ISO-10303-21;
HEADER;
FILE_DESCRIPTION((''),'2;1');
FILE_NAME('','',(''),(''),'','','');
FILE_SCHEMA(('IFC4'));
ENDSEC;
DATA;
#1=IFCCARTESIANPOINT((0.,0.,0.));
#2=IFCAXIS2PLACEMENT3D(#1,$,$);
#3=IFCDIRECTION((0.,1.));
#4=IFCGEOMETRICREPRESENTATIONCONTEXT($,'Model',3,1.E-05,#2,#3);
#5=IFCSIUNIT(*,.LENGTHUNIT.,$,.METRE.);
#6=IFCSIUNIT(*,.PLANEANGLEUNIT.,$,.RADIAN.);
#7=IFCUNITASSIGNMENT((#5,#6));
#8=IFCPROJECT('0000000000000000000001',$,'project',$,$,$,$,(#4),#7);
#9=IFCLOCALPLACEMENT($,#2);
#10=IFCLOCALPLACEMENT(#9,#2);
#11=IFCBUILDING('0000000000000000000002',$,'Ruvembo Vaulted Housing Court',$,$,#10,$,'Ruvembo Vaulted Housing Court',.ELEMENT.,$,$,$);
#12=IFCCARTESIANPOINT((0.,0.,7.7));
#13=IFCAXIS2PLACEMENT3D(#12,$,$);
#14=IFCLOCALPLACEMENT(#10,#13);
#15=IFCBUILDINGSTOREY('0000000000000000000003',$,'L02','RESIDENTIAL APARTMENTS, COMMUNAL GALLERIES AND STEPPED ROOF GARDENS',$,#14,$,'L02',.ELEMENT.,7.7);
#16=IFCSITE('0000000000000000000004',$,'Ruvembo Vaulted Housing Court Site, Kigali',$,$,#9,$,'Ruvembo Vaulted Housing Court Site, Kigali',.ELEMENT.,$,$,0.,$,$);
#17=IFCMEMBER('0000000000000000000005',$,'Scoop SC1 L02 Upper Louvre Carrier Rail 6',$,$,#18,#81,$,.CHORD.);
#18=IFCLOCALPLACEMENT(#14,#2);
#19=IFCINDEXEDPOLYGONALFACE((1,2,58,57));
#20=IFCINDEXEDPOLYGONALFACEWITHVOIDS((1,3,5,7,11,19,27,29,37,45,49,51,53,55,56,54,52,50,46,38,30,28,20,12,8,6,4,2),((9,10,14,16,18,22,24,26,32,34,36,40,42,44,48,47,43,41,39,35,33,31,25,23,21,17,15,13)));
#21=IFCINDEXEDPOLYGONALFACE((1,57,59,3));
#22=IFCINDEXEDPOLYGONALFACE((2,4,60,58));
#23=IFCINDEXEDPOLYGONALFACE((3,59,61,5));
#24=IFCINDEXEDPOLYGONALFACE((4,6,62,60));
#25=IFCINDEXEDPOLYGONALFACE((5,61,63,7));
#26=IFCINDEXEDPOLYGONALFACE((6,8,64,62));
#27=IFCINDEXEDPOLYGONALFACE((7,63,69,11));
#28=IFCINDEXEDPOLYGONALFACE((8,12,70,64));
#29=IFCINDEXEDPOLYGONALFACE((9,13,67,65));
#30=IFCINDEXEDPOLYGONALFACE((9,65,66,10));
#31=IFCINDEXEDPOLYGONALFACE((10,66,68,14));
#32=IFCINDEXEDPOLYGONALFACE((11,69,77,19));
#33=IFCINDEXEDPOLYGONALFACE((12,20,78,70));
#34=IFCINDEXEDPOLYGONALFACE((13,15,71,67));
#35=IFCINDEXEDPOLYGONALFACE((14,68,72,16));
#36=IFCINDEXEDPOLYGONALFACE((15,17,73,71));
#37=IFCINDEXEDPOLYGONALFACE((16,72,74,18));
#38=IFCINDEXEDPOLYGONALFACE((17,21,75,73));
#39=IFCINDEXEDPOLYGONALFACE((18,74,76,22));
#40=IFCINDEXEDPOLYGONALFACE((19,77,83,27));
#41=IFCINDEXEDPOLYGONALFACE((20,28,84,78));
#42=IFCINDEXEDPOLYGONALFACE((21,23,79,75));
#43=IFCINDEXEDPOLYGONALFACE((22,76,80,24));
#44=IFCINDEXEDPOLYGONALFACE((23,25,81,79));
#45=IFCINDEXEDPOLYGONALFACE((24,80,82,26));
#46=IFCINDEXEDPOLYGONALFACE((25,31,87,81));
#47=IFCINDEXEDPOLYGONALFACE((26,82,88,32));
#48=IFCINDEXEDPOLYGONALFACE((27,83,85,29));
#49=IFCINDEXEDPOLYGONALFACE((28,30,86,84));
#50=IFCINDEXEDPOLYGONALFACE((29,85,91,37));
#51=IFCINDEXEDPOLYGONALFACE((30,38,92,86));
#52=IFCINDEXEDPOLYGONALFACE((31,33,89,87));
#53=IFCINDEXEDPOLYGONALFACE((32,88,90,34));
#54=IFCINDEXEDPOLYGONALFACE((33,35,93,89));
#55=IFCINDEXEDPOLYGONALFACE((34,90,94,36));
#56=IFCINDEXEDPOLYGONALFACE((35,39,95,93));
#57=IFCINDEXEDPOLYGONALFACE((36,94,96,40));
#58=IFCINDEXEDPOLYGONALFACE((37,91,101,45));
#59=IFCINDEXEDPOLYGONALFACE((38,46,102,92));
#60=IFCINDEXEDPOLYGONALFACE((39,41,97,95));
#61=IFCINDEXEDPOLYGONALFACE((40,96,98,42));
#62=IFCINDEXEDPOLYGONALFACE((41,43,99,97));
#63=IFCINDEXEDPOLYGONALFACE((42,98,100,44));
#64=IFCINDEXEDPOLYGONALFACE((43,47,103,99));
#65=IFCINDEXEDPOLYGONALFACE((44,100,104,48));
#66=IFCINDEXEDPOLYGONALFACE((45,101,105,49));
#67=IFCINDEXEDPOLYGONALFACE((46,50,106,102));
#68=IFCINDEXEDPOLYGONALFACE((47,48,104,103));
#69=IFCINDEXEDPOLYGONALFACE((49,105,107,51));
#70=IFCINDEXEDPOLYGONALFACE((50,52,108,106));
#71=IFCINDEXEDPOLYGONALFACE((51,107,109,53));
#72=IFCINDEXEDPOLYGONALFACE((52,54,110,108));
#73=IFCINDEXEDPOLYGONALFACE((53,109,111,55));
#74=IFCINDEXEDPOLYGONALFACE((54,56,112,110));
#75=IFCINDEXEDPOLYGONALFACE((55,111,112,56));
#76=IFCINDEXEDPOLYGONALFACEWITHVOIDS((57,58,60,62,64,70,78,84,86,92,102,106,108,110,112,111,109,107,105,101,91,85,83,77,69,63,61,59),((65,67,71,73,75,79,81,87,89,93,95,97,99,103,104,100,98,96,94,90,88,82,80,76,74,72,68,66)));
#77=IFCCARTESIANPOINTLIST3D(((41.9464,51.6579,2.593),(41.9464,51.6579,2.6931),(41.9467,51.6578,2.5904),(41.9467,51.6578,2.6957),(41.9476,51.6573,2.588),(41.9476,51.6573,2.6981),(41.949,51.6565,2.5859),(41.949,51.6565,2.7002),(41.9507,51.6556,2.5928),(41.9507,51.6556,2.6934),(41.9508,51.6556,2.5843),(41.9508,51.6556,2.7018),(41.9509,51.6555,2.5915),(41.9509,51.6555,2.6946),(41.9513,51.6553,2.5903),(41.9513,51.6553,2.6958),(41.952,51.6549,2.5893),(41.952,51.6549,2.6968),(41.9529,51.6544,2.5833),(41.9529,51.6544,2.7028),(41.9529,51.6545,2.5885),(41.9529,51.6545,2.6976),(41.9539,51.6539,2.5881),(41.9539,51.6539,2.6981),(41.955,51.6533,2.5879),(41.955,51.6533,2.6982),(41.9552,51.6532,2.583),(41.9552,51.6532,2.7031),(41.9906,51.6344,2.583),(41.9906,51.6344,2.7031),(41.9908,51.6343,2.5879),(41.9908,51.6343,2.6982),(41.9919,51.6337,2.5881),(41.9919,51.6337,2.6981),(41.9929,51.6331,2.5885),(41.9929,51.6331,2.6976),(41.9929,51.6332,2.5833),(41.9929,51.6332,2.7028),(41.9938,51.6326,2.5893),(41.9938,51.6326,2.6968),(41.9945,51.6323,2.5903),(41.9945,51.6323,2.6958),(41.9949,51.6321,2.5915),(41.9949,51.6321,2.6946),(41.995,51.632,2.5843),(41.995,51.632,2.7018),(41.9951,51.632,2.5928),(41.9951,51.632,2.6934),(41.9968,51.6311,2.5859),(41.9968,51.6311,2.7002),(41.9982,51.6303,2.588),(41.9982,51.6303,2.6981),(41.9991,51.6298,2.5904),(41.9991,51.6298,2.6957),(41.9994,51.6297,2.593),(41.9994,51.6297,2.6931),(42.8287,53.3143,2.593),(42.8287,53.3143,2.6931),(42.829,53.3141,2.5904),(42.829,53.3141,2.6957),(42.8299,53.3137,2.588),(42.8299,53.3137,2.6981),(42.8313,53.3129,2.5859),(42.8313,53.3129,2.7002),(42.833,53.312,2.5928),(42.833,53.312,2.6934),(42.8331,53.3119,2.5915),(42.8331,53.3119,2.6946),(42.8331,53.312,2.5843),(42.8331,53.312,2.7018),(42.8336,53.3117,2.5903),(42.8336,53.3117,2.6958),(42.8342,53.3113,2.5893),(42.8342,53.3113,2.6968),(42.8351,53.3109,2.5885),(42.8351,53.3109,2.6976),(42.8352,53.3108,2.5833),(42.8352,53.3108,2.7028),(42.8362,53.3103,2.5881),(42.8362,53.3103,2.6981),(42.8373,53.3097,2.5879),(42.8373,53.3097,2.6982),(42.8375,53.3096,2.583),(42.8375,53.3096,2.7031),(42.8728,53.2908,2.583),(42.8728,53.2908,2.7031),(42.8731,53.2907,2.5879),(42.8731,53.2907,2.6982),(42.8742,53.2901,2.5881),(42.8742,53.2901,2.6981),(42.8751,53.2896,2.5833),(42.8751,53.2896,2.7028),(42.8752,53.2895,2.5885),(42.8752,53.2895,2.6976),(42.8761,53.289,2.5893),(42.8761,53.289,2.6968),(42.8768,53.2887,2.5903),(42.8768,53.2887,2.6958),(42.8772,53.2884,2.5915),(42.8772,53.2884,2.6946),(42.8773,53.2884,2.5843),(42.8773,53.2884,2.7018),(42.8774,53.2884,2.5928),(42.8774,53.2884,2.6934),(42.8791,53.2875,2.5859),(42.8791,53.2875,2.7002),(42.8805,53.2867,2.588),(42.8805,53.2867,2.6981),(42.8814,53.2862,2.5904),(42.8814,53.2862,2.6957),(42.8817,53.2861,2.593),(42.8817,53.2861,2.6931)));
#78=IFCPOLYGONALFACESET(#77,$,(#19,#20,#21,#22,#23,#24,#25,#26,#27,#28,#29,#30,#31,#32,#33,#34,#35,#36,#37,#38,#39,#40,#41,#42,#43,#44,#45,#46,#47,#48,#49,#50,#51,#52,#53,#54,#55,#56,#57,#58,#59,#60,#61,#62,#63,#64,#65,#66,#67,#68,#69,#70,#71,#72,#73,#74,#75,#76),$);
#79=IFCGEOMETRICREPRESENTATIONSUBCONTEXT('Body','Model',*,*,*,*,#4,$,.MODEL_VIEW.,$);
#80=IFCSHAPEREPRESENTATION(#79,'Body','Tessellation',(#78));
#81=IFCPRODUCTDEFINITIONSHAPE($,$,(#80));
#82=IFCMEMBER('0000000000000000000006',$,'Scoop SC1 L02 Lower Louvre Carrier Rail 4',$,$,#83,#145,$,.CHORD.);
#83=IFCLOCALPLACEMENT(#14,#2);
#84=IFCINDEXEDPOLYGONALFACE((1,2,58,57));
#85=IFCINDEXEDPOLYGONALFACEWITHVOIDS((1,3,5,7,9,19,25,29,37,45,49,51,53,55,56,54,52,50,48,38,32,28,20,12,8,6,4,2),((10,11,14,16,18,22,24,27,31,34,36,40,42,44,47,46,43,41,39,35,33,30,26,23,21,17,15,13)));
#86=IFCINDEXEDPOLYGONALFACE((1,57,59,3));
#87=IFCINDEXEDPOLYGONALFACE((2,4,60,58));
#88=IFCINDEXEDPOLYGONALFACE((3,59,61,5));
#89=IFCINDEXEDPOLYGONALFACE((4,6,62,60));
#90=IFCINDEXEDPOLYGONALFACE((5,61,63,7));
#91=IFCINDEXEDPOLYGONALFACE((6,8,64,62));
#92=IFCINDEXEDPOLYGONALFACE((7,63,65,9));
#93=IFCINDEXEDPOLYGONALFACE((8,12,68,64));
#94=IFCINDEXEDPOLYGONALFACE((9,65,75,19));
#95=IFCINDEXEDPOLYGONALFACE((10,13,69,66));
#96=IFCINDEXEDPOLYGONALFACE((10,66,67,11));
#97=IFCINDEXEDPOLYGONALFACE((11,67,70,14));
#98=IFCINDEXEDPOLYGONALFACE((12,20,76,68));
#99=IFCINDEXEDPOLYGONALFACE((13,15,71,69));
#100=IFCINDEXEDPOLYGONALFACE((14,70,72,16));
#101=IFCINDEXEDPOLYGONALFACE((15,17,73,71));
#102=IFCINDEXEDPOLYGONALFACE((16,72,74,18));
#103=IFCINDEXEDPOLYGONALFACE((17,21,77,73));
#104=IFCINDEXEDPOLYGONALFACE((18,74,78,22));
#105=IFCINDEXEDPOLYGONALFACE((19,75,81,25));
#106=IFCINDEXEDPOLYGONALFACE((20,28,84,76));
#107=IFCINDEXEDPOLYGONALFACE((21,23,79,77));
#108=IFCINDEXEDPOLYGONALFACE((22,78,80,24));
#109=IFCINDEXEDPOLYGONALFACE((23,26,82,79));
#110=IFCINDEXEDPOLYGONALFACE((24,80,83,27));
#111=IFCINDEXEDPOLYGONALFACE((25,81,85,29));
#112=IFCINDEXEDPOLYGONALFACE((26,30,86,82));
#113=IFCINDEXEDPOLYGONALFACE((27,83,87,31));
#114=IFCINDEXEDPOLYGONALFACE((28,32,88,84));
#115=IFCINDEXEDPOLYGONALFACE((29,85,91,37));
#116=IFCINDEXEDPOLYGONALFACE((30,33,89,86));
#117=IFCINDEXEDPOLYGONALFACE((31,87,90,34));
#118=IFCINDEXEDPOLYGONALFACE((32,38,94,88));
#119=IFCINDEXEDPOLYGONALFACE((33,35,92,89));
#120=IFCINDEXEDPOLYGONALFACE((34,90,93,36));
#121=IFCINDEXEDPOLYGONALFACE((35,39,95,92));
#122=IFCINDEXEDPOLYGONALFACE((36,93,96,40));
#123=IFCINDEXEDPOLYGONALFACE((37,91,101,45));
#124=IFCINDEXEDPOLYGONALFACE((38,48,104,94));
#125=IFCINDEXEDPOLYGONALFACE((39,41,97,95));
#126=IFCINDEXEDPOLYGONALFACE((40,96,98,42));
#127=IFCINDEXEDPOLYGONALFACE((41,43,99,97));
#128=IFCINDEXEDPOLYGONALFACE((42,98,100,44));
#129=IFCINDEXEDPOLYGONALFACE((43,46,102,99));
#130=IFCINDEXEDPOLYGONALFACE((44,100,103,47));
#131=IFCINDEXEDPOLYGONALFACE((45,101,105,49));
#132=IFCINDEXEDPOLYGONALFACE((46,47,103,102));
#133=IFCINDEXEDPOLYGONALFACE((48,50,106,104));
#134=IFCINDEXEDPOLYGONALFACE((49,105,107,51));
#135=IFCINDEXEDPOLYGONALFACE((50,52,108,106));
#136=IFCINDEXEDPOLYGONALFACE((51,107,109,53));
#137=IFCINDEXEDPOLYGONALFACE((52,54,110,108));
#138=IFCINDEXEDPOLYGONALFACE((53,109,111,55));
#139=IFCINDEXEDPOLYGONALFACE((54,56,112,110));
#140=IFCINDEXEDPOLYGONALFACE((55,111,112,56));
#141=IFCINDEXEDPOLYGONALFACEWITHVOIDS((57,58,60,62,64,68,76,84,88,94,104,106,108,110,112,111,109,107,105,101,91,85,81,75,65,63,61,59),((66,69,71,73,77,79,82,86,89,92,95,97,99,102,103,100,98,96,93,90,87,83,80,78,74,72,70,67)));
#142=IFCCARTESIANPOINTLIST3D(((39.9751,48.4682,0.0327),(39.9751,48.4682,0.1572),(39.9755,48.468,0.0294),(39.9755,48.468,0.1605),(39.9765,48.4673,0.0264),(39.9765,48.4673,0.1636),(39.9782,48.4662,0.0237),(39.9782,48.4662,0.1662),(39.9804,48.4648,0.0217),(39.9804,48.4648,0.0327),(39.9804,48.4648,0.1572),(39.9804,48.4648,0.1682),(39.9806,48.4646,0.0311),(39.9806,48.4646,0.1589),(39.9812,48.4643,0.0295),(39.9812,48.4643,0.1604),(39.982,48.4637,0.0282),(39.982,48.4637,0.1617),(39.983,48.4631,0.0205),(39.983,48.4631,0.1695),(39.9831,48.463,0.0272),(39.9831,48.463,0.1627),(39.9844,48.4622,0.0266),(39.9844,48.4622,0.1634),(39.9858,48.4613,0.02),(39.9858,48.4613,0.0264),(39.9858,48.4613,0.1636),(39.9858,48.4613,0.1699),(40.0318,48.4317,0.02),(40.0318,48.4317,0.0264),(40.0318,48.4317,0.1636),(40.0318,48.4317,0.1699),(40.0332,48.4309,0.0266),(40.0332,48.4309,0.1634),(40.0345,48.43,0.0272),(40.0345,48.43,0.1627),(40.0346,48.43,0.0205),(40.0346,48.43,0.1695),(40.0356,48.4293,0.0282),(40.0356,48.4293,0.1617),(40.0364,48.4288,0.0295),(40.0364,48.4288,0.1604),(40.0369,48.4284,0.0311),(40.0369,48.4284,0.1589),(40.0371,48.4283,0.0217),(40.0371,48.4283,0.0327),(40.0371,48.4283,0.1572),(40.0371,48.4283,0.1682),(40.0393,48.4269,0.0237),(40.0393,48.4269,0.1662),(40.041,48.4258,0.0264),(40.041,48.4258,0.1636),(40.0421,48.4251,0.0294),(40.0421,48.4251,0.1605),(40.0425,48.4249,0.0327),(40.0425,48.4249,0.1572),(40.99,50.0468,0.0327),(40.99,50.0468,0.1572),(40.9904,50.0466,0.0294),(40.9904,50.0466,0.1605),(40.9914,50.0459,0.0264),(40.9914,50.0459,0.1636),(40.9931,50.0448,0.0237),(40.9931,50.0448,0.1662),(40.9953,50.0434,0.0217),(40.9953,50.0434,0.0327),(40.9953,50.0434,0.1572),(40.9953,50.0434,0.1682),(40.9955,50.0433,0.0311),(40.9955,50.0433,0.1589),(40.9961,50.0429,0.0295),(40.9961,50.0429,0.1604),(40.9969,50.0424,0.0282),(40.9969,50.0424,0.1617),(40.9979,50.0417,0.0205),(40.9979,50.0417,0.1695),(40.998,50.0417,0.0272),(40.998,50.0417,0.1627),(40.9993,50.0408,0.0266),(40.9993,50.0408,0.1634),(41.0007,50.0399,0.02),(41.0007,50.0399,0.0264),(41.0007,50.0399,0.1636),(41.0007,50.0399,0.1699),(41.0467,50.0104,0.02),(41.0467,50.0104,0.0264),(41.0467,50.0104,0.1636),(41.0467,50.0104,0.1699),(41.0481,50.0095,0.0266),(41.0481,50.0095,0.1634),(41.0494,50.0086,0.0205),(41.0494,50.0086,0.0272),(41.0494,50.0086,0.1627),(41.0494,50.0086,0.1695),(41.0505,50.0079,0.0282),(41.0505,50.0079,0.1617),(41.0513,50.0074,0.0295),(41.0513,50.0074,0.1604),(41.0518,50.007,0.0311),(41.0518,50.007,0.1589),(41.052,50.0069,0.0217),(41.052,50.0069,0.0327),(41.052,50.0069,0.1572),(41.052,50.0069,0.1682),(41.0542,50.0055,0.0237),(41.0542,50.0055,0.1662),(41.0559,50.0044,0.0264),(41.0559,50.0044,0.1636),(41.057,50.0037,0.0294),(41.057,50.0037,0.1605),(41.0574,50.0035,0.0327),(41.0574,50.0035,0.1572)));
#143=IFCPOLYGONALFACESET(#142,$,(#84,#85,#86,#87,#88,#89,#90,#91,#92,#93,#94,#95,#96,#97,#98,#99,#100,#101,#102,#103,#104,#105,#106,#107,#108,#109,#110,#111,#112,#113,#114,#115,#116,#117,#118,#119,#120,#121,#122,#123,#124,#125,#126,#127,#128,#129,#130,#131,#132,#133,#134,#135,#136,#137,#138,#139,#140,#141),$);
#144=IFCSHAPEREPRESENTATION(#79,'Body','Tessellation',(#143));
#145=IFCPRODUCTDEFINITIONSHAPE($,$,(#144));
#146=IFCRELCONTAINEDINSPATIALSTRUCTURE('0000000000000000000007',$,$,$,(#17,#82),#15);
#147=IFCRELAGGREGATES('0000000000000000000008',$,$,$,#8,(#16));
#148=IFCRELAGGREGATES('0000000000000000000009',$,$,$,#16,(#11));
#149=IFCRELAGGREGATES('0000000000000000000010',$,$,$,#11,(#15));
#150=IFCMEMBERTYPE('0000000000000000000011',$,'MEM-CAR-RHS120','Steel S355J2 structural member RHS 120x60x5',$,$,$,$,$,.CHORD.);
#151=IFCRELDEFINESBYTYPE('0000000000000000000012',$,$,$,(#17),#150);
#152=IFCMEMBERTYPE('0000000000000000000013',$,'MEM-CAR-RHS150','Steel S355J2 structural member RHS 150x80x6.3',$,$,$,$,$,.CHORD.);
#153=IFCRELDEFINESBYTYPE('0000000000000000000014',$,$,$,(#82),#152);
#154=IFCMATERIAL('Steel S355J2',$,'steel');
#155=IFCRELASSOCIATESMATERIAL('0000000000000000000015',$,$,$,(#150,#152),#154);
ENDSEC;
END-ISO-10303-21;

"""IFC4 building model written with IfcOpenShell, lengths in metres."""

from ifc_helpers import new_model, si_unit, direction, frame, origin, origin_2d, place, context, subcontext, project, spatial, hollow_rectangle, extrude, material, material_profile, profile_set, type_object, element, save


model = new_model("IFC4")

# Units and contexts
model_context = context("Model", 3, precision=1e-05, world=origin(), true_north=direction((0.0, 1.0)))
body_context = subcontext(model_context, "Body", "Model", "MODEL_VIEW")
ifc_project = project(units=[si_unit("LENGTHUNIT", "METRE"), si_unit("PLANEANGLEUNIT", "RADIAN")], contexts=[model_context])

# Site, building, storey
site_placement = place(None, origin())
site = spatial("IfcSite", under=ifc_project, at=site_placement, Name="Ruvembo Vaulted Housing Court Site, Kigali", LongName="Ruvembo Vaulted Housing Court Site, Kigali", CompositionType="ELEMENT", RefElevation=0.0)
building_placement = place(site_placement, origin())
building = spatial("IfcBuilding", under=site, at=building_placement, Name="Ruvembo Vaulted Housing Court", LongName="Ruvembo Vaulted Housing Court", CompositionType="ELEMENT")
storey_placement = place(building_placement, frame((0.0, 0.0, 7.7)))
storey = spatial("IfcBuildingStorey", under=building, at=storey_placement, Name="L02", Description="RESIDENTIAL APARTMENTS, COMMUNAL GALLERIES AND STEPPED ROOF GARDENS", LongName="L02", CompositionType="ELEMENT", Elevation=7.7)

# Shared definitions
ifc_material_1 = material(Name="Steel S355J2", Category="steel")

# Members
ifc_material_profile_1 = material_profile(ifc_material_1, hollow_rectangle(XDim=0.0601, YDim=0.1201, WallThickness=0.0049, InnerFilletRadius=0.0049, OuterFilletRadius=0.01, at=origin_2d()), Name="RHS 120x60x5")
ifc_profile_set_1 = profile_set([ifc_material_profile_1], Name="Steel S355J2")
member_type_1 = type_object("IfcMemberType", Name="MEM-CAR-RHS120", Description="Steel S355J2 structural member RHS 120x60x5", PredefinedType="CHORD", material=ifc_profile_set_1)
member_1_placement = place(storey_placement, frame((41.9729, 51.6438, 2.6431), z_axis=(0.470116, 0.882605, 0.0), x_axis=(-0.882605, 0.470116, 0.0)))
element("IfcMember", 1, at=member_1_placement, inside=storey, type_object=member_type_1, Name="Scoop SC1 L02 Upper Louvre Carrier Rail 6", PredefinedType="CHORD", context=body_context, shape_type="SweptSolid", body=[
    extrude(hollow_rectangle(XDim=0.0601, YDim=0.1201, WallThickness=0.0049, InnerFilletRadius=0.0049, OuterFilletRadius=0.01, at=origin_2d()), origin(), (0.0, 0.0, 1.0), 1.8767),
])
ifc_material_profile_2 = material_profile(ifc_material_1, hollow_rectangle(XDim=0.0801, YDim=0.1499, WallThickness=0.0063, InnerFilletRadius=0.0063, OuterFilletRadius=0.0127, at=origin_2d()), Name="RHS 150x80x6.3")
ifc_profile_set_2 = profile_set([ifc_material_profile_2], Name="Steel S355J2")
member_type_2 = type_object("IfcMemberType", Name="MEM-CAR-RHS150", Description="Steel S355J2 structural member RHS 150x80x6.3", PredefinedType="CHORD", material=ifc_profile_set_2)
member_2_placement = place(storey_placement, frame((40.0088, 48.4465, 0.095), z_axis=(0.540784, 0.841162, 0.0), x_axis=(-0.841162, 0.540784, 0.0)))
element("IfcMember", 2, at=member_2_placement, inside=storey, type_object=member_type_2, Name="Scoop SC1 L02 Lower Louvre Carrier Rail 4", PredefinedType="CHORD", context=body_context, shape_type="SweptSolid", body=[
    extrude(hollow_rectangle(XDim=0.0801, YDim=0.1499, WallThickness=0.0063, InnerFilletRadius=0.0063, OuterFilletRadius=0.0127, at=origin_2d()), origin(), (0.0, 0.0, 1.0), 1.8767),
])

save(model, "model.ifc")
